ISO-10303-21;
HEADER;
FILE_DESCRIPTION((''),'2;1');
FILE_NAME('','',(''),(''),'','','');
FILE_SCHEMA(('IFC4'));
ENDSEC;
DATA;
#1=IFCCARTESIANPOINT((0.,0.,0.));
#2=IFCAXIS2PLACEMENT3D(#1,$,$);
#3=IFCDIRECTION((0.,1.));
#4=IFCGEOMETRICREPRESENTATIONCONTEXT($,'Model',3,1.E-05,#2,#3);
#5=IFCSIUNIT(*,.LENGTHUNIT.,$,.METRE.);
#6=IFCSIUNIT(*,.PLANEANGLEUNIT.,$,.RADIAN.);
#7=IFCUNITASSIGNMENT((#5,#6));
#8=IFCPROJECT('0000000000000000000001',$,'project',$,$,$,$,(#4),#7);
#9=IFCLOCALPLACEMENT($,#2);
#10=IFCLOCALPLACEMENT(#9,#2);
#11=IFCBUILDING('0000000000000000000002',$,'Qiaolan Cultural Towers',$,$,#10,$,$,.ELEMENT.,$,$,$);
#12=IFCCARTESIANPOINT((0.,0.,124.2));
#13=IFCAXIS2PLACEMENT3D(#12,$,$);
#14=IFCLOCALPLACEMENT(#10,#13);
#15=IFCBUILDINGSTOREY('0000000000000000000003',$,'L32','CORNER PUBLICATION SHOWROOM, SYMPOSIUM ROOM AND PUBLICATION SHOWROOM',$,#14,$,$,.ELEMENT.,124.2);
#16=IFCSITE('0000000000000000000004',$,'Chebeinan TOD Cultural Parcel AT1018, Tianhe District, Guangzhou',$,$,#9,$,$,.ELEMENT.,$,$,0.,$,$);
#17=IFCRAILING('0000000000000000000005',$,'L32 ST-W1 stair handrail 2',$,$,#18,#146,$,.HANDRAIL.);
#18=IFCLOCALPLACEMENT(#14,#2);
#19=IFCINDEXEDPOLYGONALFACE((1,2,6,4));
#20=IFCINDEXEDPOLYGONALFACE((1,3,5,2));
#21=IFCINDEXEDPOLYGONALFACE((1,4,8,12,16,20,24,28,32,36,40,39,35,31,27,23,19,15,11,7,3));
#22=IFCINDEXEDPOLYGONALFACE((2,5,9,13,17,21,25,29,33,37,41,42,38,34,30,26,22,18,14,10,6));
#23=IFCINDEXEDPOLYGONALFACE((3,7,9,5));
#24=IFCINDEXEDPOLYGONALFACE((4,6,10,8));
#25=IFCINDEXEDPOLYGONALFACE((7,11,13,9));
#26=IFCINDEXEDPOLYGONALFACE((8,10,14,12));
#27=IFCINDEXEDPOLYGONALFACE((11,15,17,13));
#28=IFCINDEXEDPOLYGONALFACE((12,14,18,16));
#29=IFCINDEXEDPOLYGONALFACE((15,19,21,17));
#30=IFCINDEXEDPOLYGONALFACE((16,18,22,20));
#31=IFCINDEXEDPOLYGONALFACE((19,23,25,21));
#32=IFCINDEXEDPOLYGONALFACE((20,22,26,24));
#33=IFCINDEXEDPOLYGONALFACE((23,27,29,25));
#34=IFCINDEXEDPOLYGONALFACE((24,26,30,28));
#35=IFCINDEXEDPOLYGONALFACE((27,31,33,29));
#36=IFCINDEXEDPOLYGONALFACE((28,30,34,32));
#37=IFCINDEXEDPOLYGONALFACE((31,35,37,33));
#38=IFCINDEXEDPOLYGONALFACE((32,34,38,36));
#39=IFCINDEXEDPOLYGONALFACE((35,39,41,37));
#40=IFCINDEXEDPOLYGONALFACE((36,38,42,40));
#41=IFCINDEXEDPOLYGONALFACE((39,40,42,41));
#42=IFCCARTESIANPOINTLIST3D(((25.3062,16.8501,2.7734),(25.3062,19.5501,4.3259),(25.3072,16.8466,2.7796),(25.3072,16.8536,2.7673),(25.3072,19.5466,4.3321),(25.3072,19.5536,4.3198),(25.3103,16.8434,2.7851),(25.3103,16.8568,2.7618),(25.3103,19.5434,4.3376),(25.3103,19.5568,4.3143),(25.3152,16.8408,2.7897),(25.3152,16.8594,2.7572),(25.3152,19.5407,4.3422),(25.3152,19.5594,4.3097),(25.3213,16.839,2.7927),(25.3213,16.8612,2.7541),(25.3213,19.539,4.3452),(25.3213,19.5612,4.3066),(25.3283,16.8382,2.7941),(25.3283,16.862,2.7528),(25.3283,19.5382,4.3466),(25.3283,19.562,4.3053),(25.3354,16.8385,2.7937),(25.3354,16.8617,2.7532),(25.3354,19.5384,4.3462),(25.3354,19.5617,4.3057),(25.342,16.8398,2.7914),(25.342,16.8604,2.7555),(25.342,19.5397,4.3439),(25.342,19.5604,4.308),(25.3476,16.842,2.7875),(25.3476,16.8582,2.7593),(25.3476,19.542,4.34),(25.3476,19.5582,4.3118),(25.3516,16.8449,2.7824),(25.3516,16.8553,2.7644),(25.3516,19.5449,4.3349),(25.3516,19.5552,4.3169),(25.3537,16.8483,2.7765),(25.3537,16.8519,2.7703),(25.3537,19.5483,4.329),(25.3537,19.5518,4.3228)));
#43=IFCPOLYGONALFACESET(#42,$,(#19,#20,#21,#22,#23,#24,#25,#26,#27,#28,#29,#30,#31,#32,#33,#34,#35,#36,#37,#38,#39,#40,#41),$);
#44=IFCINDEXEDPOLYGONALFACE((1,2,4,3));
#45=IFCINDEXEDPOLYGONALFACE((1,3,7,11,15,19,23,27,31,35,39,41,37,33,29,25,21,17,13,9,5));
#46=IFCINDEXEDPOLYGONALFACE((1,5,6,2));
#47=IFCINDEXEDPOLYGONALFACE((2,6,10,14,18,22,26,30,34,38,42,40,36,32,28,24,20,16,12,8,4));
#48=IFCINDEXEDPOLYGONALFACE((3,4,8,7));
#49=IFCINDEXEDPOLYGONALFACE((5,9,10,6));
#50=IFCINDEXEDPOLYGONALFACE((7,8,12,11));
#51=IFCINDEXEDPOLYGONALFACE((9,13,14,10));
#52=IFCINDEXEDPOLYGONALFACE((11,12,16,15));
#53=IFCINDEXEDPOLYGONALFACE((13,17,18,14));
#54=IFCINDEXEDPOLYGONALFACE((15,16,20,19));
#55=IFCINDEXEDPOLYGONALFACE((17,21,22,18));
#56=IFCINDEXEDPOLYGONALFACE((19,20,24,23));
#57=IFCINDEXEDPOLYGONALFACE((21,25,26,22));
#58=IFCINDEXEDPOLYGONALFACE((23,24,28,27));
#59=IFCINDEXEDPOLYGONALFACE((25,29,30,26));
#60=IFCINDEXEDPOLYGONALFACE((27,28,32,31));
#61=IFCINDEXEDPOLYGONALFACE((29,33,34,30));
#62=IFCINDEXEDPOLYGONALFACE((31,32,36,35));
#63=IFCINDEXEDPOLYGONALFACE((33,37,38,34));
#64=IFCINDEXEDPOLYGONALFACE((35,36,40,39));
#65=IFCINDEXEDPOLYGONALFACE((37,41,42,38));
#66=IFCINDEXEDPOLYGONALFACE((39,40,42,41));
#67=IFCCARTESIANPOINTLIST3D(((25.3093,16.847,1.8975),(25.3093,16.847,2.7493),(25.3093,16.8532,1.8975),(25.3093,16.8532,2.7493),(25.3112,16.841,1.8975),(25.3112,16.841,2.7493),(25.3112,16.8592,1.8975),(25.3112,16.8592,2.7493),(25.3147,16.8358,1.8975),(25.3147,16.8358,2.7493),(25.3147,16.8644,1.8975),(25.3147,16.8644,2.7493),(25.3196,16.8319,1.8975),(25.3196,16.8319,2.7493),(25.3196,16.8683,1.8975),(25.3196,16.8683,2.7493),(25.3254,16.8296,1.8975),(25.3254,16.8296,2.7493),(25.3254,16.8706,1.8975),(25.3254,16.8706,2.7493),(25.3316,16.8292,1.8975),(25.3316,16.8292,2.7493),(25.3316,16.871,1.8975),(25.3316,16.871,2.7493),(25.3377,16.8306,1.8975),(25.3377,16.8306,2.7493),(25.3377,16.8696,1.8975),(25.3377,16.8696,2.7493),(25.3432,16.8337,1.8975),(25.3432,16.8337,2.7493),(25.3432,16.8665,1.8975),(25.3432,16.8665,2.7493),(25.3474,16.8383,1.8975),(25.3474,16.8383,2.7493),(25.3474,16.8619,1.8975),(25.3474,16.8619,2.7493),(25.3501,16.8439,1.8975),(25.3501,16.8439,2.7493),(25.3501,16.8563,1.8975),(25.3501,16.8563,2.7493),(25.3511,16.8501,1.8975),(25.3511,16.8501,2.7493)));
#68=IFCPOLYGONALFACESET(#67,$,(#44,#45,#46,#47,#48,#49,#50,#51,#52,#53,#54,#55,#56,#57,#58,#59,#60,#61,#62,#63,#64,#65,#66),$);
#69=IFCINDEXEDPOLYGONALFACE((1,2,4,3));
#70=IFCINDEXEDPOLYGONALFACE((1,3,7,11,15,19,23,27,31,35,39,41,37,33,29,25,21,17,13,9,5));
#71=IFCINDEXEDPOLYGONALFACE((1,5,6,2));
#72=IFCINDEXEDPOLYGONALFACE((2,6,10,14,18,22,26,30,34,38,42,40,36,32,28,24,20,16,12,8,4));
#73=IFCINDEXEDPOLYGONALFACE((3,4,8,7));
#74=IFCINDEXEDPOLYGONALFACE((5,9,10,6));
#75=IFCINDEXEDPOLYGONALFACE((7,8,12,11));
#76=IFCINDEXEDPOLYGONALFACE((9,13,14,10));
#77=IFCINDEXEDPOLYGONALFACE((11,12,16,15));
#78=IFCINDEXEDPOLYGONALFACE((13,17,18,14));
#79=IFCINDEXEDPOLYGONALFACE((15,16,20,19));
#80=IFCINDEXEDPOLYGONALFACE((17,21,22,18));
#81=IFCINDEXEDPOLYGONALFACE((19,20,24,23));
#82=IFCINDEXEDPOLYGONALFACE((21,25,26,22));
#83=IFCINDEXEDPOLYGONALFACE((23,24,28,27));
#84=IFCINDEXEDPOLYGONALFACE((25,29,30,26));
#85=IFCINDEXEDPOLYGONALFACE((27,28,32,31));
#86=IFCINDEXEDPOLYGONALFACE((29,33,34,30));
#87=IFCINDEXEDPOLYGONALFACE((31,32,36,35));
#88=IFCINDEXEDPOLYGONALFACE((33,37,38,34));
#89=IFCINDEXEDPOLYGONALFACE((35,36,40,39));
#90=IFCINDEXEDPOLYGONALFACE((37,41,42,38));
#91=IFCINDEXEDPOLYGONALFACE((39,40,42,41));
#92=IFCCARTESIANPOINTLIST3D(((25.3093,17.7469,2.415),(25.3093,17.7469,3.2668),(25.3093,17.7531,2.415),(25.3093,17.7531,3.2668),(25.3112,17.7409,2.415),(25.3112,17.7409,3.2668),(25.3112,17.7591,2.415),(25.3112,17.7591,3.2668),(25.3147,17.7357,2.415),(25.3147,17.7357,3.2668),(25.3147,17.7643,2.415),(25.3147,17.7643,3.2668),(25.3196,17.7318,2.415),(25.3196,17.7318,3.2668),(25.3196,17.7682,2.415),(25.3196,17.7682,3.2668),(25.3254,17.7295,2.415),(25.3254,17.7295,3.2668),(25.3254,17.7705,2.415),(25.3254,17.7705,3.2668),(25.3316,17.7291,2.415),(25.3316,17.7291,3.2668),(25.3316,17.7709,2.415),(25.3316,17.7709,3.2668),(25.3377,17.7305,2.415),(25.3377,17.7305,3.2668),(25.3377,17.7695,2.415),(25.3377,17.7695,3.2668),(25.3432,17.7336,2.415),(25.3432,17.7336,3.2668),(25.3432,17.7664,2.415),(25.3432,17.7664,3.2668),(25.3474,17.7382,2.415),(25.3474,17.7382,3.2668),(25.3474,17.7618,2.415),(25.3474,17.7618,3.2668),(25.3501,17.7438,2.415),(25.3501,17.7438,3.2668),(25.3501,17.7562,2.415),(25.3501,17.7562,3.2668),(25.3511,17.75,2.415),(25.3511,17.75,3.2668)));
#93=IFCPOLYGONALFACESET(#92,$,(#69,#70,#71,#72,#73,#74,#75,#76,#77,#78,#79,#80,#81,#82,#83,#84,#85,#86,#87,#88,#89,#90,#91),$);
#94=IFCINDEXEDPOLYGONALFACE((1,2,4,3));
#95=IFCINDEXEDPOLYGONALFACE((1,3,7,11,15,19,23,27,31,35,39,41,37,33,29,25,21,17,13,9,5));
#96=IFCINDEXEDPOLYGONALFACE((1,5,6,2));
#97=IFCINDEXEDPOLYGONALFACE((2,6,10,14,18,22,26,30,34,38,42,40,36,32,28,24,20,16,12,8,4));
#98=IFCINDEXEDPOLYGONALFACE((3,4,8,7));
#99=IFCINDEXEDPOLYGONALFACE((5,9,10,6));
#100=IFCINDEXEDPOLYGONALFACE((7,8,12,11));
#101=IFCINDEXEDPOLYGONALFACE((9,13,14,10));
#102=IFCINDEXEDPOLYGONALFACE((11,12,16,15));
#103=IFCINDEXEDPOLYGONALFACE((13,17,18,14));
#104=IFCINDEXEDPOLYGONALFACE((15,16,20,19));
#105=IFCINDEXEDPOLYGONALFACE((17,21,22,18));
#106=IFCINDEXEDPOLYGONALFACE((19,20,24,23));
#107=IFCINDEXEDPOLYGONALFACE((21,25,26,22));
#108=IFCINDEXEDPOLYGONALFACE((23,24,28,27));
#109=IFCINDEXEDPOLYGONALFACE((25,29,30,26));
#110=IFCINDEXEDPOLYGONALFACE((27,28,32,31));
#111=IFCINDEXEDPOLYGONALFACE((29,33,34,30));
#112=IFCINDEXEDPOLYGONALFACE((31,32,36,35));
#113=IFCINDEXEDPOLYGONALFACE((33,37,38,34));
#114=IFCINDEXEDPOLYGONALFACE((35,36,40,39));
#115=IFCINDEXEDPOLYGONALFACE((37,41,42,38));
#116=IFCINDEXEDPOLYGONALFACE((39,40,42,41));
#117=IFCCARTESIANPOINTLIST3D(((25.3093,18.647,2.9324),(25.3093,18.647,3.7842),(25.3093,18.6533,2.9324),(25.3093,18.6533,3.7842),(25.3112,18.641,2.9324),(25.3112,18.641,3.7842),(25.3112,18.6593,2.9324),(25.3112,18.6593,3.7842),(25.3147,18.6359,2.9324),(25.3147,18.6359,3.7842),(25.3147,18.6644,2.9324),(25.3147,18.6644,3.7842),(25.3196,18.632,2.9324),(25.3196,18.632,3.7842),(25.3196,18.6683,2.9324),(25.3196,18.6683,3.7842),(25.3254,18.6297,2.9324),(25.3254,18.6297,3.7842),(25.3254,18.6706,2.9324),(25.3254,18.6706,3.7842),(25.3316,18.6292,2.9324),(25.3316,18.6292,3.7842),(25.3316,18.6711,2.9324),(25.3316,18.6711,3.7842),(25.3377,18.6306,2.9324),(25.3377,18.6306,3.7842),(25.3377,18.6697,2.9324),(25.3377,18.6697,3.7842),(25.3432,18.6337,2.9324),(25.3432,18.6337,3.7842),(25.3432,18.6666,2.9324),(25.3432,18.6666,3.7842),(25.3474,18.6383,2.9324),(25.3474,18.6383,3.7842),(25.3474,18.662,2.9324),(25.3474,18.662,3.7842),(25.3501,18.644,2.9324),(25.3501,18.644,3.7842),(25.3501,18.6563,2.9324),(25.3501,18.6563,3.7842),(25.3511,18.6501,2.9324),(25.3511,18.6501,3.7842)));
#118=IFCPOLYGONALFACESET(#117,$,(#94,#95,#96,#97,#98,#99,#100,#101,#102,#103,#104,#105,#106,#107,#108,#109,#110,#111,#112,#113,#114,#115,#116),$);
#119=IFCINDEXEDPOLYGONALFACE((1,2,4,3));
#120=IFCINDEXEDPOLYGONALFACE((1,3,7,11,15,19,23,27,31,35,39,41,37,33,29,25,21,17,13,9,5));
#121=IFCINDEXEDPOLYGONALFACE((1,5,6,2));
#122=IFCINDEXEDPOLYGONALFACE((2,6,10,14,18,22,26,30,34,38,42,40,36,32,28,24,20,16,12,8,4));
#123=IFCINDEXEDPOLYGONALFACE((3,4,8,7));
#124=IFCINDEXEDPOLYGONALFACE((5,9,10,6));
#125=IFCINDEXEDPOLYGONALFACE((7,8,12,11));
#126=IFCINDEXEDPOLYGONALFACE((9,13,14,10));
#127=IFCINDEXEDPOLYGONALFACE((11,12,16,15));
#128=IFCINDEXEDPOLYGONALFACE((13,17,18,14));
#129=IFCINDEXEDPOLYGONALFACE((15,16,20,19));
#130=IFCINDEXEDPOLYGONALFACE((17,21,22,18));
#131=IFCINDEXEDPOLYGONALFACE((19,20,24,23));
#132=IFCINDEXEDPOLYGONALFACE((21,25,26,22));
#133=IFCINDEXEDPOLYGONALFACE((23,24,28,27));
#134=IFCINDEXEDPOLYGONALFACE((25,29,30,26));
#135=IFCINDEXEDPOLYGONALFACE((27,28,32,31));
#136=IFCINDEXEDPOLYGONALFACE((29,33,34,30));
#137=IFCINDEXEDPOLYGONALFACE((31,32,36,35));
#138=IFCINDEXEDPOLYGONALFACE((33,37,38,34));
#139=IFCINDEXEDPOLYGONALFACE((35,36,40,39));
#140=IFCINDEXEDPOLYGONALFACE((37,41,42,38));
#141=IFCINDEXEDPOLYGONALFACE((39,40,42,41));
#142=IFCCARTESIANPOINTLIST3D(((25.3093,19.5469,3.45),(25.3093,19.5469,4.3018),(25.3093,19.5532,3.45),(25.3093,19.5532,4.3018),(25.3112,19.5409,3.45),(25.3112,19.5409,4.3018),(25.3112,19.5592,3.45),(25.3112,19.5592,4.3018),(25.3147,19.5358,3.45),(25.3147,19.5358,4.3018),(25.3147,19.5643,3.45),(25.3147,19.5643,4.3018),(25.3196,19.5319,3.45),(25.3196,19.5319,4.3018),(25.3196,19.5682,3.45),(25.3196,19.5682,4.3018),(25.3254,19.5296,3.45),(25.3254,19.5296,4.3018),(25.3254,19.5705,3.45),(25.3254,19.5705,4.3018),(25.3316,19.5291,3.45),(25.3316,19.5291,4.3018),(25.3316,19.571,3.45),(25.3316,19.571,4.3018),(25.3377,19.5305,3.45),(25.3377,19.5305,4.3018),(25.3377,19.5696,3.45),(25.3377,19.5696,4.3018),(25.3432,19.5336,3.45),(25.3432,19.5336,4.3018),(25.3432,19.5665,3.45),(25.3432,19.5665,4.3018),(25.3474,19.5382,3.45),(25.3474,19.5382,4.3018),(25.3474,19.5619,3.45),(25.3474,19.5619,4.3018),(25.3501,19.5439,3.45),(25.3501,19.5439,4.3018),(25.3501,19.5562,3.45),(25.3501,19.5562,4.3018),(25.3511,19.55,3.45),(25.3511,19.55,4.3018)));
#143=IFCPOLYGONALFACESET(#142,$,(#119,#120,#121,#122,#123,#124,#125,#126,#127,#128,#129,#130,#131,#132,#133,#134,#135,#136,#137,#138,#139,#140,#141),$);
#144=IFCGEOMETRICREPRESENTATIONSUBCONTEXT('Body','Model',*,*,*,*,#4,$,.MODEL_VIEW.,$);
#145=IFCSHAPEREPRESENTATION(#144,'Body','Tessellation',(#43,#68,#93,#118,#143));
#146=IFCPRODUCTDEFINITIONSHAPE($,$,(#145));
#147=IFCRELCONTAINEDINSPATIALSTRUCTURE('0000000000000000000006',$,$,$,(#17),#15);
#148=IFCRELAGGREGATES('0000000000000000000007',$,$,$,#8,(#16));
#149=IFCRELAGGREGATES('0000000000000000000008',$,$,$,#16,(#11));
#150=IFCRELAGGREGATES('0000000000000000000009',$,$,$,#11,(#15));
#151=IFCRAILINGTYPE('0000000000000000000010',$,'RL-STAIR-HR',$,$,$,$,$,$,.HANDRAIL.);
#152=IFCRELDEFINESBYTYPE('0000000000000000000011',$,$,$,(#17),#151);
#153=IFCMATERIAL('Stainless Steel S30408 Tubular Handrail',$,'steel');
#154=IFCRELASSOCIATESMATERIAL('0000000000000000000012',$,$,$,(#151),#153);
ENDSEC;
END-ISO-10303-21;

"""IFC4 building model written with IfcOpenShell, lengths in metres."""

from ifc_helpers import new_model, si_unit, direction, frame, origin, origin_2d, place, context, subcontext, project, spatial, circle, extrude, material, type_object, element, save


model = new_model("IFC4")

# Units and contexts
model_context = context("Model", 3, precision=1e-05, world=origin(), true_north=direction((0.0, 1.0)))
body_context = subcontext(model_context, "Body", "Model", "MODEL_VIEW")
ifc_project = project(units=[si_unit("LENGTHUNIT", "METRE"), si_unit("PLANEANGLEUNIT", "RADIAN")], contexts=[model_context])

# Site, building, storey
site_placement = place(None, origin())
site = spatial("IfcSite", under=ifc_project, at=site_placement, Name="Chebeinan TOD Cultural Parcel AT1018, Tianhe District, Guangzhou", CompositionType="ELEMENT", RefElevation=0.0)
building_placement = place(site_placement, origin())
building = spatial("IfcBuilding", under=site, at=building_placement, Name="Qiaolan Cultural Towers", CompositionType="ELEMENT")
storey_placement = place(building_placement, frame((0.0, 0.0, 124.2)))
storey = spatial("IfcBuildingStorey", under=building, at=storey_placement, Name="L32", Description="CORNER PUBLICATION SHOWROOM, SYMPOSIUM ROOM AND PUBLICATION SHOWROOM", CompositionType="ELEMENT", Elevation=124.2)

# Railing
ifc_material_1 = material(Name="Stainless Steel S30408 Tubular Handrail", Category="steel")
railing_type_1 = type_object("IfcRailingType", Name="RL-STAIR-HR", PredefinedType="HANDRAIL", material=ifc_material_1)
railing_1_placement = place(storey_placement, frame((25.3301, 16.8501, 1.8975)))
element("IfcRailing", 1, at=railing_1_placement, inside=storey, type_object=railing_type_1, Name="L32 ST-W1 stair handrail 2", PredefinedType="HANDRAIL", context=body_context, shape_type="SweptSolid", body=[
    extrude(circle(Radius=0.0239, at=origin_2d()), frame((0.0, 0.0, 0.876), z_axis=(0.0, 0.866904, 0.498476), x_axis=(-1.0, 0.0, 0.0)), (0.0, 0.0, 1.0), 3.1145),
    extrude(circle(Radius=0.021, at=origin_2d()), origin(), (0.0, 0.0, 1.0), 0.8518),
    extrude(circle(Radius=0.021, at=origin_2d()), frame((0.0, 0.8999, 0.5176)), (0.0, 0.0, 1.0), 0.8518),
    extrude(circle(Radius=0.021, at=origin_2d()), frame((0.0, 1.8, 1.0349)), (0.0, 0.0, 1.0), 0.8518),
    extrude(circle(Radius=0.021, at=origin_2d()), frame((0.0, 2.7, 1.5525)), (0.0, 0.0, 1.0), 0.8518),
])

save(model, "model.ifc")
